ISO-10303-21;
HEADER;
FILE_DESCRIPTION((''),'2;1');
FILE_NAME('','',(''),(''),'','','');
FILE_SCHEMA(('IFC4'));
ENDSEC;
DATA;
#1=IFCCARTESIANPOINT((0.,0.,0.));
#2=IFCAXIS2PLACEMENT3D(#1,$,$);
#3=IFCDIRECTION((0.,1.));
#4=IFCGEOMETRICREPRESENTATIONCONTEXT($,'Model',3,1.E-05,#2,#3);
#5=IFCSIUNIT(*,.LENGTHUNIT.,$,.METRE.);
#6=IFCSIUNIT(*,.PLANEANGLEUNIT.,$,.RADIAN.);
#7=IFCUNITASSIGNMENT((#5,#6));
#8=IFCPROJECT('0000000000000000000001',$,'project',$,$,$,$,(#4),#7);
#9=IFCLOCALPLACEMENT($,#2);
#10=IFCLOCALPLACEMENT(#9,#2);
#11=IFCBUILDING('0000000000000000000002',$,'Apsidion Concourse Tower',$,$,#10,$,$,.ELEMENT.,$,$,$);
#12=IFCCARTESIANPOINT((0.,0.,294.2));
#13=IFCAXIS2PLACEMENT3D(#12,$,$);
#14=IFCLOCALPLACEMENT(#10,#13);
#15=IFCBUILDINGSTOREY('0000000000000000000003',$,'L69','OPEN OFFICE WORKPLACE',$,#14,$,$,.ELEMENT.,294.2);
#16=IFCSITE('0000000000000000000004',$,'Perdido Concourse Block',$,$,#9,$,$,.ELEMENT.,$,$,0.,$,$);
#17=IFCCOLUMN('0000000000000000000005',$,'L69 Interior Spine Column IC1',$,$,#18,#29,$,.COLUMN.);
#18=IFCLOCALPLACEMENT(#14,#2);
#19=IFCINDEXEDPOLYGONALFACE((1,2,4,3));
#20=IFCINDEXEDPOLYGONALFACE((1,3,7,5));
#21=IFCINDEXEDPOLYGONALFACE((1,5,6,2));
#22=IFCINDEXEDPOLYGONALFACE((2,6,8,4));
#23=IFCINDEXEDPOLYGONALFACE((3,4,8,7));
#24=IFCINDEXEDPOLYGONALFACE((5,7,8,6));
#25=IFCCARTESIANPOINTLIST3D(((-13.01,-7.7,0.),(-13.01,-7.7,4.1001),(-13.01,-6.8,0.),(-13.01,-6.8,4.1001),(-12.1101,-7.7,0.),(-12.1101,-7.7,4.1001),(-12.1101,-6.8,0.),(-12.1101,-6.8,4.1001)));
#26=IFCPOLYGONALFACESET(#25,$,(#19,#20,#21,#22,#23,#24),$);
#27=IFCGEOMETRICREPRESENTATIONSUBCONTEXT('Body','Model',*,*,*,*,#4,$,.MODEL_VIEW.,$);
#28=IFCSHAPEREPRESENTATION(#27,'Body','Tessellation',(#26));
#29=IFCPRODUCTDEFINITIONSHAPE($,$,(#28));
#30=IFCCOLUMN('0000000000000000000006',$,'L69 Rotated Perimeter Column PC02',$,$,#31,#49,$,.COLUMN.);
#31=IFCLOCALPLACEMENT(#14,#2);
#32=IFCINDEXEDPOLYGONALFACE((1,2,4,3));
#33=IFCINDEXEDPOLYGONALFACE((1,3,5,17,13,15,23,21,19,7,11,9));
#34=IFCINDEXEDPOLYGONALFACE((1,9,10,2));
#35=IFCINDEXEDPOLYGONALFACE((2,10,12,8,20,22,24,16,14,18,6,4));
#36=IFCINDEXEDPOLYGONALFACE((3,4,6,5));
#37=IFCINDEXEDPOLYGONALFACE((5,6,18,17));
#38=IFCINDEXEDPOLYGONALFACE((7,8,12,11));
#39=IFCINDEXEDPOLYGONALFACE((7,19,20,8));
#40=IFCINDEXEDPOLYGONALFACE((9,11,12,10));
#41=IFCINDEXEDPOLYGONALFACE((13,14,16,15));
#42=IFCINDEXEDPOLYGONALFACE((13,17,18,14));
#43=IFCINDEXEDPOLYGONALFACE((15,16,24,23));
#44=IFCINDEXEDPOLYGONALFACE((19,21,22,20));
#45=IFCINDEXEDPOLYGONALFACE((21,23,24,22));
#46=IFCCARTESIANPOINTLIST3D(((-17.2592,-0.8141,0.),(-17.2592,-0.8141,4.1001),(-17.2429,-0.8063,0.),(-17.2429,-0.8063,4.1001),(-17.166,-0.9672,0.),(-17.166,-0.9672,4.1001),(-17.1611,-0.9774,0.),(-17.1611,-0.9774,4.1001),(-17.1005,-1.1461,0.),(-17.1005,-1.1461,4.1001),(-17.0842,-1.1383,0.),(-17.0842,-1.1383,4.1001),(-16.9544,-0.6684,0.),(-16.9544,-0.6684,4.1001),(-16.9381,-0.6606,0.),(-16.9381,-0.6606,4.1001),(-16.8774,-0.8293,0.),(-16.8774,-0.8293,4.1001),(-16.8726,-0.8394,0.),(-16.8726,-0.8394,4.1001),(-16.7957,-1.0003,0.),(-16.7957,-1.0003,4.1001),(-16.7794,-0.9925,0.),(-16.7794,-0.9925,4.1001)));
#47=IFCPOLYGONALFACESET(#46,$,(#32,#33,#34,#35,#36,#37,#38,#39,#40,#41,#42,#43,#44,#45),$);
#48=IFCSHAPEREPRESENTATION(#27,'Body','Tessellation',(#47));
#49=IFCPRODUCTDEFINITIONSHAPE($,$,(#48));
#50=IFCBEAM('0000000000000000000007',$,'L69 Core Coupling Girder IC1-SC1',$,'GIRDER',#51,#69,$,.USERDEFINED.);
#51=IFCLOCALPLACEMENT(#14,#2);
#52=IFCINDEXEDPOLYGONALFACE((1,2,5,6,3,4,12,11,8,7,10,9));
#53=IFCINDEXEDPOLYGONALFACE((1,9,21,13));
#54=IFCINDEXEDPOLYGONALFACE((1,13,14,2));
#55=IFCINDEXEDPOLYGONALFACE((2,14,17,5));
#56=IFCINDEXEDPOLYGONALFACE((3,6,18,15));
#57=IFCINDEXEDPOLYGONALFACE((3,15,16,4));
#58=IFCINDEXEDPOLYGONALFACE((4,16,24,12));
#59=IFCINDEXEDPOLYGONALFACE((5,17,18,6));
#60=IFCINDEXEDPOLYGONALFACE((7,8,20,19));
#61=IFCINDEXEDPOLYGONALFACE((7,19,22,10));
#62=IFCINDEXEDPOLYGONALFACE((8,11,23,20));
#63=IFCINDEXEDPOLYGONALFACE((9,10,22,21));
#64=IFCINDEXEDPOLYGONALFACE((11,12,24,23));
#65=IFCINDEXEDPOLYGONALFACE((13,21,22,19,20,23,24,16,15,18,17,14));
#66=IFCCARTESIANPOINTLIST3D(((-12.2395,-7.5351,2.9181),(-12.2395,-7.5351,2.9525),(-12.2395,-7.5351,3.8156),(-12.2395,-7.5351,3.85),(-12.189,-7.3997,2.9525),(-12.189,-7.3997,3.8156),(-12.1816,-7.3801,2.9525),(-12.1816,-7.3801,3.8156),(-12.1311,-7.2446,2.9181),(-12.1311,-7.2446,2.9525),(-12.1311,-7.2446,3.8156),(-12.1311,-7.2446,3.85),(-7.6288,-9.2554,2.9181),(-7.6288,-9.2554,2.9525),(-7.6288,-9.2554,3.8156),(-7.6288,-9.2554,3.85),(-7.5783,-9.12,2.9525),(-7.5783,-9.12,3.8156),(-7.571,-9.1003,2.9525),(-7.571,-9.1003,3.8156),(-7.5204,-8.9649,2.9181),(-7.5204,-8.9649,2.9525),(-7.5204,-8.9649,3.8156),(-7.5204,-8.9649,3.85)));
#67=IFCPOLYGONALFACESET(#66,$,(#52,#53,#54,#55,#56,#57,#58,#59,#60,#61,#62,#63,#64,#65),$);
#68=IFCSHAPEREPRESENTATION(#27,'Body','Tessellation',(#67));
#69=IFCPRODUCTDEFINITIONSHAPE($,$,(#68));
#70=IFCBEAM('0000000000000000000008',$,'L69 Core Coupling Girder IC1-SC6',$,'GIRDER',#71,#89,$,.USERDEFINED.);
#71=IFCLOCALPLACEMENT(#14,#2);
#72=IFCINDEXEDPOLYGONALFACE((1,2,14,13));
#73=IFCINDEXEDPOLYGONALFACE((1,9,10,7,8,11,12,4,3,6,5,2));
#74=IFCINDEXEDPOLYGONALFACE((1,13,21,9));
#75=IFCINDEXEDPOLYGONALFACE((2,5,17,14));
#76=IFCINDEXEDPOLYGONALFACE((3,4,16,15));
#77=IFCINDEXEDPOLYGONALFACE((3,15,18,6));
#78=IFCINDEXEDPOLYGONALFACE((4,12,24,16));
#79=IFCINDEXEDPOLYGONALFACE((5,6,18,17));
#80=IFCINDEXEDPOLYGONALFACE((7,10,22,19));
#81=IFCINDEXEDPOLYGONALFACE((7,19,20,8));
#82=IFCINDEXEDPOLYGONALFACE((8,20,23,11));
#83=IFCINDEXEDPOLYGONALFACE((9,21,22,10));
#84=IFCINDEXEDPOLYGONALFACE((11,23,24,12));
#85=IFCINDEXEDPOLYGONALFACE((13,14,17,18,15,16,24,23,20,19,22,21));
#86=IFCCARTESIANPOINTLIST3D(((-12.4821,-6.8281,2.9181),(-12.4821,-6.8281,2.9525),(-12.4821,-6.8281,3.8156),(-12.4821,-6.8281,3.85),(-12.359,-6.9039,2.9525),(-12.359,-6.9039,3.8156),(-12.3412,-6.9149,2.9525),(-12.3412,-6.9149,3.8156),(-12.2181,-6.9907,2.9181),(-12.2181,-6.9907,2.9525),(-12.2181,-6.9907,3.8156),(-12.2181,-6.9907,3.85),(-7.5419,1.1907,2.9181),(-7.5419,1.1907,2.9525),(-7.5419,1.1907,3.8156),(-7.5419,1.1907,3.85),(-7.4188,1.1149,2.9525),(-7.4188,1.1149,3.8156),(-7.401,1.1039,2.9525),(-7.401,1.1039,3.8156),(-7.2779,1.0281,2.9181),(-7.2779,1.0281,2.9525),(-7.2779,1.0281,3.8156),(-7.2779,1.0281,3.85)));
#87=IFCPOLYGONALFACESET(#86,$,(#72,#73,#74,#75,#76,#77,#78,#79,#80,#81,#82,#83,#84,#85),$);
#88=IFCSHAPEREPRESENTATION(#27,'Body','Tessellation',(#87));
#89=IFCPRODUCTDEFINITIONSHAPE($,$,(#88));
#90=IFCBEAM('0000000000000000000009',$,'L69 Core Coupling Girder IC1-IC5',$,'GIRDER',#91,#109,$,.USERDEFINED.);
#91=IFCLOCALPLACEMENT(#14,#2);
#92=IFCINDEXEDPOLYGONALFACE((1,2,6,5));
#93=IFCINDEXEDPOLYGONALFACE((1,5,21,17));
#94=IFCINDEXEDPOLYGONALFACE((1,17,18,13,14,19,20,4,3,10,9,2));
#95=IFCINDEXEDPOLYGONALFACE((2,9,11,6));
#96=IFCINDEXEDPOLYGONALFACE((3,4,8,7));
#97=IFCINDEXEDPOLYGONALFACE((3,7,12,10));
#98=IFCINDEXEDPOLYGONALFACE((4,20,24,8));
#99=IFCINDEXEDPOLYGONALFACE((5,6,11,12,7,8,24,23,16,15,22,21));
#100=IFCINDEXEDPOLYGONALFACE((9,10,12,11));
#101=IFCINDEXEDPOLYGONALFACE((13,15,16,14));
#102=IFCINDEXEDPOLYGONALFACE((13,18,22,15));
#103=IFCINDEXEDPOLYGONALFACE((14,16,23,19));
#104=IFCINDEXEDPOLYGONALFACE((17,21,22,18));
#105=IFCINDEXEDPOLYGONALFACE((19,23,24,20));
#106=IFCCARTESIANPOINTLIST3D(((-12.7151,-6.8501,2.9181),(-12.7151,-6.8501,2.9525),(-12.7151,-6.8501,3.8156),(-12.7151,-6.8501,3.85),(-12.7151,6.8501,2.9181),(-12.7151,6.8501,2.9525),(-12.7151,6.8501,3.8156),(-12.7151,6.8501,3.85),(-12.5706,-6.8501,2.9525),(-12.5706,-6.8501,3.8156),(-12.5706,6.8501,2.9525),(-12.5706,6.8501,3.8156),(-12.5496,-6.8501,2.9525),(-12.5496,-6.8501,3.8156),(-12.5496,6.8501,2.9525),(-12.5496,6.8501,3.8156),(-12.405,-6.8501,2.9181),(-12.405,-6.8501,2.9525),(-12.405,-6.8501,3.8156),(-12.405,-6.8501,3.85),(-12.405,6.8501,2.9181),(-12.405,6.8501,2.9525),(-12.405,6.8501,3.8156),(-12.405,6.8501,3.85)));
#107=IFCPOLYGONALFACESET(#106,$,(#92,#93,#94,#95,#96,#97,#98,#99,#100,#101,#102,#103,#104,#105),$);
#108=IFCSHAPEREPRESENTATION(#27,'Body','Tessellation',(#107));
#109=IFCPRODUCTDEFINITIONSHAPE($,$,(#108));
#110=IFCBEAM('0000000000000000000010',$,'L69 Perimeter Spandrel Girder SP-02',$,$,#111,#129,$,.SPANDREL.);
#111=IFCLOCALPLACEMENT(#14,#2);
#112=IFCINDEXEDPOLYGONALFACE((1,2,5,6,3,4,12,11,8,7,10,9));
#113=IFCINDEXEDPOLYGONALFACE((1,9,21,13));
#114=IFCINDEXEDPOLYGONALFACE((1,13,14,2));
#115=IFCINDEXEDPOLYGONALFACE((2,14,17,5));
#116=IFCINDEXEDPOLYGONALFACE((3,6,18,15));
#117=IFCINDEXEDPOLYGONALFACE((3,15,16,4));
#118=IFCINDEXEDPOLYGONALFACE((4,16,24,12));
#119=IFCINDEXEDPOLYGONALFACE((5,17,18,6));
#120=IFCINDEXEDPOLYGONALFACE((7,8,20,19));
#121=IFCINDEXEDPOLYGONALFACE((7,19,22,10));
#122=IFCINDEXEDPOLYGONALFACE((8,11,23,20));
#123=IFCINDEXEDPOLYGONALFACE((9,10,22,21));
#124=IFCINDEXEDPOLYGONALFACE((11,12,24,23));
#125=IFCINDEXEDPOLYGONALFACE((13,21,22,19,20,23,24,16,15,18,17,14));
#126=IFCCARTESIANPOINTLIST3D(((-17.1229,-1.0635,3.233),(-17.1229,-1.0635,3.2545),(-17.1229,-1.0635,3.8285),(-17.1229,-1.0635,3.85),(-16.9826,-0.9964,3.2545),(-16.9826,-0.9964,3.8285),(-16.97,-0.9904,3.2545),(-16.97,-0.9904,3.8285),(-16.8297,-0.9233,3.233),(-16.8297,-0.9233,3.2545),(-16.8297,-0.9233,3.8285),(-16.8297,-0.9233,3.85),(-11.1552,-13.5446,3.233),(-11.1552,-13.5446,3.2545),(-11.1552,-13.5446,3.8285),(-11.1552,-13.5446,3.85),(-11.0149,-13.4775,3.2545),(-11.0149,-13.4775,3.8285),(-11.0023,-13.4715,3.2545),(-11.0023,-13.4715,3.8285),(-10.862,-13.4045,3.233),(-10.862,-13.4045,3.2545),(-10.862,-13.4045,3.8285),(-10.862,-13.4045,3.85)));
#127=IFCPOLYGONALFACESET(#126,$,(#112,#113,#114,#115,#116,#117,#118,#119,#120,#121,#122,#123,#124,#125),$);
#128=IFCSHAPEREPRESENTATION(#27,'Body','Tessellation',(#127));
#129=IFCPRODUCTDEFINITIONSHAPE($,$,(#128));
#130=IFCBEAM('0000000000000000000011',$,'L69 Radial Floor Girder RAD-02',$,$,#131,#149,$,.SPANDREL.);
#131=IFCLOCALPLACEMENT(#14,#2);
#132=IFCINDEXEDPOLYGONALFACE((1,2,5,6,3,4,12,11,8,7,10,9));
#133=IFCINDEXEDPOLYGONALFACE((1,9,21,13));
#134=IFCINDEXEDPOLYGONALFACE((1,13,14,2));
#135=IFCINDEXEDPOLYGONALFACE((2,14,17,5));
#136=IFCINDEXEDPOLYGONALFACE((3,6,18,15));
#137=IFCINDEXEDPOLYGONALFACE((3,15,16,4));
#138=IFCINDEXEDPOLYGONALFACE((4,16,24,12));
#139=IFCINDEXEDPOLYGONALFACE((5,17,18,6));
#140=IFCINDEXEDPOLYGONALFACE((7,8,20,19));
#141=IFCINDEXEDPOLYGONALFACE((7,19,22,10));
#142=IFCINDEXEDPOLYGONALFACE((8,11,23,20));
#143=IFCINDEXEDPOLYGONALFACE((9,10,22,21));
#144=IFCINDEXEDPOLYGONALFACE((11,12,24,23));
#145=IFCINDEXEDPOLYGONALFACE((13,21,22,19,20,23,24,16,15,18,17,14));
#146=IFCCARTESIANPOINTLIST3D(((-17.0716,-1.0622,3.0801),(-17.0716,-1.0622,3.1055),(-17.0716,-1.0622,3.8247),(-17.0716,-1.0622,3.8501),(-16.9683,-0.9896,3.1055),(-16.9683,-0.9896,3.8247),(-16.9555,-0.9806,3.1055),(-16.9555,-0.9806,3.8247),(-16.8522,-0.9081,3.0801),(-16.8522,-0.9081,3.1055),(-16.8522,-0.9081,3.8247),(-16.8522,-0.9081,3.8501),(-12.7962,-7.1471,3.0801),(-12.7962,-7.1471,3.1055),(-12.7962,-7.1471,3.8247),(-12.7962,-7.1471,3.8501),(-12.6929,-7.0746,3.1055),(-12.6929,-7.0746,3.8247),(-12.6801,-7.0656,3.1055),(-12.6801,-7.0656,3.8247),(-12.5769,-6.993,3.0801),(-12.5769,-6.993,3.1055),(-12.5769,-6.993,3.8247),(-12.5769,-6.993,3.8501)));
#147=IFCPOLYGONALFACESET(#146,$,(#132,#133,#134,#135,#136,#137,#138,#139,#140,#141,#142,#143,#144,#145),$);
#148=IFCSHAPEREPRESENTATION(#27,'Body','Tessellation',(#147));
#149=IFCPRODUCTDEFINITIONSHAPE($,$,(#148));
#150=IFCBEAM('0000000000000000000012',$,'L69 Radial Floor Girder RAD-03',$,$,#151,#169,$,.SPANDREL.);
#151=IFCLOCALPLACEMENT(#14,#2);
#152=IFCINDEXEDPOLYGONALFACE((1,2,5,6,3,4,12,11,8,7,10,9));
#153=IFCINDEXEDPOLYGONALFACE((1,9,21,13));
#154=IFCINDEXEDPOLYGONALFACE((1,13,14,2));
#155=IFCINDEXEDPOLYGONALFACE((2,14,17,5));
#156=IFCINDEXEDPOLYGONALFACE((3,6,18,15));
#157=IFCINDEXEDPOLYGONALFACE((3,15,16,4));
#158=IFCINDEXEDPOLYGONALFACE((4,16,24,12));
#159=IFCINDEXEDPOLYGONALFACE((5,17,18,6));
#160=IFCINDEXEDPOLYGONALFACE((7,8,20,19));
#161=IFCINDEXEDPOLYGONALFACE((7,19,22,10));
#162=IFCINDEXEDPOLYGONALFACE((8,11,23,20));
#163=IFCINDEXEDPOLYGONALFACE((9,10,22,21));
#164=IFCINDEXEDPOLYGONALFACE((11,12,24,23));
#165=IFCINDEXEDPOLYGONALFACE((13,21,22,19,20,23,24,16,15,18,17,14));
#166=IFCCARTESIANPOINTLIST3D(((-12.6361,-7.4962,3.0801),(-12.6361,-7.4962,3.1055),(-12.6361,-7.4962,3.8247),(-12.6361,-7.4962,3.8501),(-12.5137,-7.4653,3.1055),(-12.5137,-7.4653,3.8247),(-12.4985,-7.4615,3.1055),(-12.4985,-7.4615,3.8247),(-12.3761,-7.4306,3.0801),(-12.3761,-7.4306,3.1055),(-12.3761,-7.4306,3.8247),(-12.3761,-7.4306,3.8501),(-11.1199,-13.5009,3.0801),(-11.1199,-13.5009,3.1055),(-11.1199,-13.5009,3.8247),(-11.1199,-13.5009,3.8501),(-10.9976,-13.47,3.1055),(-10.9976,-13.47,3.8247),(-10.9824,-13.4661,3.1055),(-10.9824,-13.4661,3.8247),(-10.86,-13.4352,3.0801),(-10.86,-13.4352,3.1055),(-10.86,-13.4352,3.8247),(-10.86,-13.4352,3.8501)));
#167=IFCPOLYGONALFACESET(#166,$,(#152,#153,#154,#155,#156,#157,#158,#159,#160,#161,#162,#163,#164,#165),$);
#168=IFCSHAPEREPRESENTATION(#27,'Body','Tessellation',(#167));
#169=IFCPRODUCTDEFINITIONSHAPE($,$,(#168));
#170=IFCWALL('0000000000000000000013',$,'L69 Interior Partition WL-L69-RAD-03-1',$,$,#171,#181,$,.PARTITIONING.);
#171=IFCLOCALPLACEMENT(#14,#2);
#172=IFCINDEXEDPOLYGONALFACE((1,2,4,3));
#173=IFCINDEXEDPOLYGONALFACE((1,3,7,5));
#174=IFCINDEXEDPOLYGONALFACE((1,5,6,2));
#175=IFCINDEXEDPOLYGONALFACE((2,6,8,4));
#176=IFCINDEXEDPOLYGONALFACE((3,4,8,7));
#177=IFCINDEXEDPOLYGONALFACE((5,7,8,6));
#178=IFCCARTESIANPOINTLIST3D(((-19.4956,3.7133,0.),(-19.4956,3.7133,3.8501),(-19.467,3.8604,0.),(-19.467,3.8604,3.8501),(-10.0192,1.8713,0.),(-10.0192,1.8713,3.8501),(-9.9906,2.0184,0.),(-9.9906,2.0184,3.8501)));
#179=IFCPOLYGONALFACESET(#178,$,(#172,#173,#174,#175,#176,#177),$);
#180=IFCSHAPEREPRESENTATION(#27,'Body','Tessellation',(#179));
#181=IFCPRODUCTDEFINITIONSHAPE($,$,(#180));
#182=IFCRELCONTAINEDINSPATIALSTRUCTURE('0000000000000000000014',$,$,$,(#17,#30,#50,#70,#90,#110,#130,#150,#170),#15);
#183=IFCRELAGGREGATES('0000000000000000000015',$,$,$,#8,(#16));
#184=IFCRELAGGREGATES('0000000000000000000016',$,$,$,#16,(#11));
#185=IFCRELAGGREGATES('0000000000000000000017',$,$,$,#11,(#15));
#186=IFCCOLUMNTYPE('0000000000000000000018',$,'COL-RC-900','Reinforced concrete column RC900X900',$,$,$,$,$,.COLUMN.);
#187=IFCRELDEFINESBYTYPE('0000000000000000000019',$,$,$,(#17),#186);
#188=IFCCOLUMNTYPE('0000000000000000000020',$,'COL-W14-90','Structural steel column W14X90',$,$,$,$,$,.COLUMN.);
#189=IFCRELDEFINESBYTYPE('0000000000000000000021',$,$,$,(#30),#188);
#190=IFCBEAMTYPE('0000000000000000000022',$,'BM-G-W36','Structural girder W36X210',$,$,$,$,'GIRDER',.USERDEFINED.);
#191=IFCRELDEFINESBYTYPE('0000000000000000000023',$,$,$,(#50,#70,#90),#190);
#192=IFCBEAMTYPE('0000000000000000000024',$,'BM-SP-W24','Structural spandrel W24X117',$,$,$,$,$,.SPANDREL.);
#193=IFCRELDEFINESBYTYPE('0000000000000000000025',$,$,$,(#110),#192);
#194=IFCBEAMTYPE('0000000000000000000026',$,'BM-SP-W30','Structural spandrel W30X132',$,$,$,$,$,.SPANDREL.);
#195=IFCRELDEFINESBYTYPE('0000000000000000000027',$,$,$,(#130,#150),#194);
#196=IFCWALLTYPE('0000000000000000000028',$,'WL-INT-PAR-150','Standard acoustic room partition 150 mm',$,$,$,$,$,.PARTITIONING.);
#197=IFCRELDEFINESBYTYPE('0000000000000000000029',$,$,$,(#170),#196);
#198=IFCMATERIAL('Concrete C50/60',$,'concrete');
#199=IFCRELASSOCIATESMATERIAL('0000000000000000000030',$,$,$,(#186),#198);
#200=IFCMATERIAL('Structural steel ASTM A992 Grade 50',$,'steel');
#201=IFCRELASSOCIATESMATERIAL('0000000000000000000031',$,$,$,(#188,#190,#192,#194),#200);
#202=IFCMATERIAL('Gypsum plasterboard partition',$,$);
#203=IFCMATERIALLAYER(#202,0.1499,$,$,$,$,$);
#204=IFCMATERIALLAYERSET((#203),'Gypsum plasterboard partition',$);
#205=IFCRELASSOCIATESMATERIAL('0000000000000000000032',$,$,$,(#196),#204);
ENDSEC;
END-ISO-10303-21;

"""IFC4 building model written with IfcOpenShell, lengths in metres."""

from ifc_helpers import new_model, si_unit, direction, frame, frame_2d, origin, origin_2d, place, context, subcontext, project, spatial, rectangle, i_section, extrude, material, layer, layer_set, material_profile, profile_set, type_object, element, save


model = new_model("IFC4")

# Units and contexts
model_context = context("Model", 3, precision=1e-05, world=origin(), true_north=direction((0.0, 1.0)))
body_context = subcontext(model_context, "Body", "Model", "MODEL_VIEW")
ifc_project = project(units=[si_unit("LENGTHUNIT", "METRE"), si_unit("PLANEANGLEUNIT", "RADIAN")], contexts=[model_context])

# Site, building, storey
site_placement = place(None, origin())
site = spatial("IfcSite", under=ifc_project, at=site_placement, Name="Perdido Concourse Block", CompositionType="ELEMENT", RefElevation=0.0)
building_placement = place(site_placement, origin())
building = spatial("IfcBuilding", under=site, at=building_placement, Name="Apsidion Concourse Tower", CompositionType="ELEMENT")
storey_placement = place(building_placement, frame((0.0, 0.0, 294.2)))
storey = spatial("IfcBuildingStorey", under=building, at=storey_placement, Name="L69", Description="OPEN OFFICE WORKPLACE", CompositionType="ELEMENT", Elevation=294.2)

# Columns
ifc_material_1 = material(Name="Concrete C50/60", Category="concrete")
ifc_material_profile_1 = material_profile(ifc_material_1, rectangle(XDim=0.8999, YDim=0.8999, at=origin_2d()), Name="RC 900x900")
ifc_profile_set_1 = profile_set([ifc_material_profile_1], Name="Concrete C50/60")
column_type_1 = type_object("IfcColumnType", Name="COL-RC-900", Description="Reinforced concrete column RC900X900", PredefinedType="COLUMN", material=ifc_profile_set_1)
column_1_placement = place(storey_placement, frame((-12.5601, -7.25, 0.0), z_axis=(0.0, 0.0, 1.0), x_axis=(1.0, 0.0, 0.0)))
element("IfcColumn", 1, at=column_1_placement, inside=storey, type_object=column_type_1, Name="L69 Interior Spine Column IC1", PredefinedType="COLUMN", context=body_context, shape_type="SweptSolid", body=[
    extrude(rectangle(XDim=0.8999, YDim=0.8999, at=origin_2d()), origin(), (0.0, 0.0, 1.0), 4.1001),
])
ifc_material_2 = material(Name="Structural steel ASTM A992 Grade 50", Category="steel")
ifc_material_profile_2 = material_profile(ifc_material_2, i_section(OverallWidth=0.3679, OverallDepth=0.356, WebThickness=0.0112, FlangeThickness=0.0181, at=origin_2d()), Name="W14X90")
ifc_profile_set_2 = profile_set([ifc_material_profile_2], Name="Structural steel ASTM A992 Grade 50")
column_type_2 = type_object("IfcColumnType", Name="COL-W14-90", Description="Structural steel column W14X90", PredefinedType="COLUMN", material=ifc_profile_set_2)
column_2_placement = place(storey_placement, frame((-17.0193, -0.9033, 0.0), z_axis=(0.0, 0.0, 1.0), x_axis=(-0.431299, 0.902209, 0.0)))
element("IfcColumn", 2, at=column_2_placement, inside=storey, type_object=column_type_2, Name="L69 Rotated Perimeter Column PC02", PredefinedType="COLUMN", context=body_context, shape_type="SweptSolid", body=[
    extrude(i_section(OverallWidth=0.3679, OverallDepth=0.356, WebThickness=0.0112, FlangeThickness=0.0181, at=origin_2d()), origin(), (0.0, 0.0, 1.0), 4.1001),
])

# Beams
ifc_material_profile_3 = material_profile(ifc_material_2, i_section(OverallWidth=0.3101, OverallDepth=0.9319, WebThickness=0.021, FlangeThickness=0.0344, at=origin_2d()), Name="W36X210")
ifc_profile_set_3 = profile_set([ifc_material_profile_3], Name="Structural steel ASTM A992 Grade 50")
beam_type_1 = type_object("IfcBeamType", Name="BM-G-W36", Description="Structural girder W36X210", ElementType="GIRDER", PredefinedType="USERDEFINED", material=ifc_profile_set_3)
beam_1_placement = place(storey_placement, frame((-12.1853, -7.3899, 3.384), z_axis=(0.936913, -0.349563, 0.0), x_axis=(0.349563, 0.936913, 0.0)))
element("IfcBeam", 3, at=beam_1_placement, inside=storey, type_object=beam_type_1, Name="L69 Core Coupling Girder IC1-SC1", ObjectType="GIRDER", PredefinedType="USERDEFINED", context=body_context, shape_type="SweptSolid", body=[
    extrude(i_section(OverallWidth=0.3101, OverallDepth=0.9319, WebThickness=0.021, FlangeThickness=0.0344, at=origin_2d()), origin(), (0.0, 0.0, 1.0), 4.9211),
])
beam_2_placement = place(storey_placement, frame((-12.3501, -6.9094, 3.384), z_axis=(0.524524, 0.851396, 0.0), x_axis=(-0.851396, 0.524524, 0.0)))
element("IfcBeam", 4, at=beam_2_placement, inside=storey, type_object=beam_type_1, Name="L69 Core Coupling Girder IC1-SC6", ObjectType="GIRDER", PredefinedType="USERDEFINED", context=body_context, shape_type="SweptSolid", body=[
    extrude(i_section(OverallWidth=0.3101, OverallDepth=0.9319, WebThickness=0.021, FlangeThickness=0.0344, at=origin_2d()), origin(), (0.0, 0.0, 1.0), 9.4185),
])
beam_3_placement = place(storey_placement, frame((-12.5601, -6.8501, 3.384), z_axis=(0.0, 1.0, 0.0), x_axis=(-1.0, 0.0, 0.0)))
element("IfcBeam", 5, at=beam_3_placement, inside=storey, type_object=beam_type_1, Name="L69 Core Coupling Girder IC1-IC5", ObjectType="GIRDER", PredefinedType="USERDEFINED", context=body_context, shape_type="SweptSolid", body=[
    extrude(i_section(OverallWidth=0.3101, OverallDepth=0.9319, WebThickness=0.021, FlangeThickness=0.0344, at=origin_2d()), origin(), (0.0, 0.0, 1.0), 13.7002),
])
ifc_material_profile_4 = material_profile(ifc_material_2, i_section(OverallWidth=0.325, OverallDepth=0.6169, WebThickness=0.0139, FlangeThickness=0.0215, at=origin_2d()), Name="W24X117")
ifc_profile_set_4 = profile_set([ifc_material_profile_4], Name="Structural steel ASTM A992 Grade 50")
beam_type_2 = type_object("IfcBeamType", Name="BM-SP-W24", Description="Structural spandrel W24X117", PredefinedType="SPANDREL", material=ifc_profile_set_4)
beam_4_placement = place(storey_placement, frame((-16.9763, -0.9934, 3.5415), z_axis=(0.431367, -0.902176, 0.0), x_axis=(0.902176, 0.431367, 0.0)))
element("IfcBeam", 6, at=beam_4_placement, inside=storey, type_object=beam_type_2, Name="L69 Perimeter Spandrel Girder SP-02", PredefinedType="SPANDREL", context=body_context, shape_type="SweptSolid", body=[
    extrude(i_section(OverallWidth=0.325, OverallDepth=0.6169, WebThickness=0.0139, FlangeThickness=0.0215, at=origin_2d()), origin(), (0.0, 0.0, 1.0), 13.8345),
])
ifc_material_profile_5 = material_profile(ifc_material_2, i_section(OverallWidth=0.2681, OverallDepth=0.77, WebThickness=0.0156, FlangeThickness=0.0254, at=origin_2d()), Name="W30X132")
ifc_profile_set_5 = profile_set([ifc_material_profile_5], Name="Structural steel ASTM A992 Grade 50")
beam_type_3 = type_object("IfcBeamType", Name="BM-SP-W30", Description="Structural spandrel W30X132", PredefinedType="SPANDREL", material=ifc_profile_set_5)
beam_5_placement = place(storey_placement, frame((-12.6865, -7.0701, 3.4651), z_axis=(-0.574898, 0.818225, 0.0), x_axis=(-0.818225, -0.574898, 0.0)))
element("IfcBeam", 7, at=beam_5_placement, inside=storey, type_object=beam_type_3, Name="L69 Radial Floor Girder RAD-02", PredefinedType="SPANDREL", context=body_context, shape_type="SweptSolid", body=[
    extrude(i_section(OverallWidth=0.2681, OverallDepth=0.77, WebThickness=0.0156, FlangeThickness=0.0254, at=origin_2d()), origin(), (0.0, 0.0, 1.0), 7.4368),
])
beam_6_placement = place(storey_placement, frame((-12.5061, -7.4634, 3.4651), z_axis=(0.244807, -0.969572, 0.0), x_axis=(0.969572, 0.244807, 0.0)))
element("IfcBeam", 8, at=beam_6_placement, inside=storey, type_object=beam_type_3, Name="L69 Radial Floor Girder RAD-03", PredefinedType="SPANDREL", context=body_context, shape_type="SweptSolid", body=[
    extrude(i_section(OverallWidth=0.2681, OverallDepth=0.77, WebThickness=0.0156, FlangeThickness=0.0254, at=origin_2d()), origin(), (0.0, 0.0, 1.0), 6.1931),
])

# Wall
ifc_material_3 = material(Name="Gypsum plasterboard partition")
ifc_layer_1 = layer(ifc_material_3, 0.1499)
ifc_layer_set_1 = layer_set([ifc_layer_1], Name="Gypsum plasterboard partition")
wall_type_1 = type_object("IfcWallType", Name="WL-INT-PAR-150", Description="Standard acoustic room partition 150 mm", PredefinedType="PARTITIONING", material=ifc_layer_set_1)
wall_1_placement = place(storey_placement, frame((-10.0049, 1.9448, 0.0), z_axis=(0.0, 0.0, 1.0), x_axis=(-0.981627, 0.190807, 0.0)))
element("IfcWall", 9, at=wall_1_placement, inside=storey, type_object=wall_type_1, Name="L69 Interior Partition WL-L69-RAD-03-1", PredefinedType="PARTITIONING", context=body_context, shape_type="SweptSolid", body=[
    extrude(rectangle(XDim=9.6538, YDim=0.1499, at=frame_2d((4.8269, 0.0))), origin(), (0.0, 0.0, 1.0), 3.8501),
])

save(model, "model.ifc")
